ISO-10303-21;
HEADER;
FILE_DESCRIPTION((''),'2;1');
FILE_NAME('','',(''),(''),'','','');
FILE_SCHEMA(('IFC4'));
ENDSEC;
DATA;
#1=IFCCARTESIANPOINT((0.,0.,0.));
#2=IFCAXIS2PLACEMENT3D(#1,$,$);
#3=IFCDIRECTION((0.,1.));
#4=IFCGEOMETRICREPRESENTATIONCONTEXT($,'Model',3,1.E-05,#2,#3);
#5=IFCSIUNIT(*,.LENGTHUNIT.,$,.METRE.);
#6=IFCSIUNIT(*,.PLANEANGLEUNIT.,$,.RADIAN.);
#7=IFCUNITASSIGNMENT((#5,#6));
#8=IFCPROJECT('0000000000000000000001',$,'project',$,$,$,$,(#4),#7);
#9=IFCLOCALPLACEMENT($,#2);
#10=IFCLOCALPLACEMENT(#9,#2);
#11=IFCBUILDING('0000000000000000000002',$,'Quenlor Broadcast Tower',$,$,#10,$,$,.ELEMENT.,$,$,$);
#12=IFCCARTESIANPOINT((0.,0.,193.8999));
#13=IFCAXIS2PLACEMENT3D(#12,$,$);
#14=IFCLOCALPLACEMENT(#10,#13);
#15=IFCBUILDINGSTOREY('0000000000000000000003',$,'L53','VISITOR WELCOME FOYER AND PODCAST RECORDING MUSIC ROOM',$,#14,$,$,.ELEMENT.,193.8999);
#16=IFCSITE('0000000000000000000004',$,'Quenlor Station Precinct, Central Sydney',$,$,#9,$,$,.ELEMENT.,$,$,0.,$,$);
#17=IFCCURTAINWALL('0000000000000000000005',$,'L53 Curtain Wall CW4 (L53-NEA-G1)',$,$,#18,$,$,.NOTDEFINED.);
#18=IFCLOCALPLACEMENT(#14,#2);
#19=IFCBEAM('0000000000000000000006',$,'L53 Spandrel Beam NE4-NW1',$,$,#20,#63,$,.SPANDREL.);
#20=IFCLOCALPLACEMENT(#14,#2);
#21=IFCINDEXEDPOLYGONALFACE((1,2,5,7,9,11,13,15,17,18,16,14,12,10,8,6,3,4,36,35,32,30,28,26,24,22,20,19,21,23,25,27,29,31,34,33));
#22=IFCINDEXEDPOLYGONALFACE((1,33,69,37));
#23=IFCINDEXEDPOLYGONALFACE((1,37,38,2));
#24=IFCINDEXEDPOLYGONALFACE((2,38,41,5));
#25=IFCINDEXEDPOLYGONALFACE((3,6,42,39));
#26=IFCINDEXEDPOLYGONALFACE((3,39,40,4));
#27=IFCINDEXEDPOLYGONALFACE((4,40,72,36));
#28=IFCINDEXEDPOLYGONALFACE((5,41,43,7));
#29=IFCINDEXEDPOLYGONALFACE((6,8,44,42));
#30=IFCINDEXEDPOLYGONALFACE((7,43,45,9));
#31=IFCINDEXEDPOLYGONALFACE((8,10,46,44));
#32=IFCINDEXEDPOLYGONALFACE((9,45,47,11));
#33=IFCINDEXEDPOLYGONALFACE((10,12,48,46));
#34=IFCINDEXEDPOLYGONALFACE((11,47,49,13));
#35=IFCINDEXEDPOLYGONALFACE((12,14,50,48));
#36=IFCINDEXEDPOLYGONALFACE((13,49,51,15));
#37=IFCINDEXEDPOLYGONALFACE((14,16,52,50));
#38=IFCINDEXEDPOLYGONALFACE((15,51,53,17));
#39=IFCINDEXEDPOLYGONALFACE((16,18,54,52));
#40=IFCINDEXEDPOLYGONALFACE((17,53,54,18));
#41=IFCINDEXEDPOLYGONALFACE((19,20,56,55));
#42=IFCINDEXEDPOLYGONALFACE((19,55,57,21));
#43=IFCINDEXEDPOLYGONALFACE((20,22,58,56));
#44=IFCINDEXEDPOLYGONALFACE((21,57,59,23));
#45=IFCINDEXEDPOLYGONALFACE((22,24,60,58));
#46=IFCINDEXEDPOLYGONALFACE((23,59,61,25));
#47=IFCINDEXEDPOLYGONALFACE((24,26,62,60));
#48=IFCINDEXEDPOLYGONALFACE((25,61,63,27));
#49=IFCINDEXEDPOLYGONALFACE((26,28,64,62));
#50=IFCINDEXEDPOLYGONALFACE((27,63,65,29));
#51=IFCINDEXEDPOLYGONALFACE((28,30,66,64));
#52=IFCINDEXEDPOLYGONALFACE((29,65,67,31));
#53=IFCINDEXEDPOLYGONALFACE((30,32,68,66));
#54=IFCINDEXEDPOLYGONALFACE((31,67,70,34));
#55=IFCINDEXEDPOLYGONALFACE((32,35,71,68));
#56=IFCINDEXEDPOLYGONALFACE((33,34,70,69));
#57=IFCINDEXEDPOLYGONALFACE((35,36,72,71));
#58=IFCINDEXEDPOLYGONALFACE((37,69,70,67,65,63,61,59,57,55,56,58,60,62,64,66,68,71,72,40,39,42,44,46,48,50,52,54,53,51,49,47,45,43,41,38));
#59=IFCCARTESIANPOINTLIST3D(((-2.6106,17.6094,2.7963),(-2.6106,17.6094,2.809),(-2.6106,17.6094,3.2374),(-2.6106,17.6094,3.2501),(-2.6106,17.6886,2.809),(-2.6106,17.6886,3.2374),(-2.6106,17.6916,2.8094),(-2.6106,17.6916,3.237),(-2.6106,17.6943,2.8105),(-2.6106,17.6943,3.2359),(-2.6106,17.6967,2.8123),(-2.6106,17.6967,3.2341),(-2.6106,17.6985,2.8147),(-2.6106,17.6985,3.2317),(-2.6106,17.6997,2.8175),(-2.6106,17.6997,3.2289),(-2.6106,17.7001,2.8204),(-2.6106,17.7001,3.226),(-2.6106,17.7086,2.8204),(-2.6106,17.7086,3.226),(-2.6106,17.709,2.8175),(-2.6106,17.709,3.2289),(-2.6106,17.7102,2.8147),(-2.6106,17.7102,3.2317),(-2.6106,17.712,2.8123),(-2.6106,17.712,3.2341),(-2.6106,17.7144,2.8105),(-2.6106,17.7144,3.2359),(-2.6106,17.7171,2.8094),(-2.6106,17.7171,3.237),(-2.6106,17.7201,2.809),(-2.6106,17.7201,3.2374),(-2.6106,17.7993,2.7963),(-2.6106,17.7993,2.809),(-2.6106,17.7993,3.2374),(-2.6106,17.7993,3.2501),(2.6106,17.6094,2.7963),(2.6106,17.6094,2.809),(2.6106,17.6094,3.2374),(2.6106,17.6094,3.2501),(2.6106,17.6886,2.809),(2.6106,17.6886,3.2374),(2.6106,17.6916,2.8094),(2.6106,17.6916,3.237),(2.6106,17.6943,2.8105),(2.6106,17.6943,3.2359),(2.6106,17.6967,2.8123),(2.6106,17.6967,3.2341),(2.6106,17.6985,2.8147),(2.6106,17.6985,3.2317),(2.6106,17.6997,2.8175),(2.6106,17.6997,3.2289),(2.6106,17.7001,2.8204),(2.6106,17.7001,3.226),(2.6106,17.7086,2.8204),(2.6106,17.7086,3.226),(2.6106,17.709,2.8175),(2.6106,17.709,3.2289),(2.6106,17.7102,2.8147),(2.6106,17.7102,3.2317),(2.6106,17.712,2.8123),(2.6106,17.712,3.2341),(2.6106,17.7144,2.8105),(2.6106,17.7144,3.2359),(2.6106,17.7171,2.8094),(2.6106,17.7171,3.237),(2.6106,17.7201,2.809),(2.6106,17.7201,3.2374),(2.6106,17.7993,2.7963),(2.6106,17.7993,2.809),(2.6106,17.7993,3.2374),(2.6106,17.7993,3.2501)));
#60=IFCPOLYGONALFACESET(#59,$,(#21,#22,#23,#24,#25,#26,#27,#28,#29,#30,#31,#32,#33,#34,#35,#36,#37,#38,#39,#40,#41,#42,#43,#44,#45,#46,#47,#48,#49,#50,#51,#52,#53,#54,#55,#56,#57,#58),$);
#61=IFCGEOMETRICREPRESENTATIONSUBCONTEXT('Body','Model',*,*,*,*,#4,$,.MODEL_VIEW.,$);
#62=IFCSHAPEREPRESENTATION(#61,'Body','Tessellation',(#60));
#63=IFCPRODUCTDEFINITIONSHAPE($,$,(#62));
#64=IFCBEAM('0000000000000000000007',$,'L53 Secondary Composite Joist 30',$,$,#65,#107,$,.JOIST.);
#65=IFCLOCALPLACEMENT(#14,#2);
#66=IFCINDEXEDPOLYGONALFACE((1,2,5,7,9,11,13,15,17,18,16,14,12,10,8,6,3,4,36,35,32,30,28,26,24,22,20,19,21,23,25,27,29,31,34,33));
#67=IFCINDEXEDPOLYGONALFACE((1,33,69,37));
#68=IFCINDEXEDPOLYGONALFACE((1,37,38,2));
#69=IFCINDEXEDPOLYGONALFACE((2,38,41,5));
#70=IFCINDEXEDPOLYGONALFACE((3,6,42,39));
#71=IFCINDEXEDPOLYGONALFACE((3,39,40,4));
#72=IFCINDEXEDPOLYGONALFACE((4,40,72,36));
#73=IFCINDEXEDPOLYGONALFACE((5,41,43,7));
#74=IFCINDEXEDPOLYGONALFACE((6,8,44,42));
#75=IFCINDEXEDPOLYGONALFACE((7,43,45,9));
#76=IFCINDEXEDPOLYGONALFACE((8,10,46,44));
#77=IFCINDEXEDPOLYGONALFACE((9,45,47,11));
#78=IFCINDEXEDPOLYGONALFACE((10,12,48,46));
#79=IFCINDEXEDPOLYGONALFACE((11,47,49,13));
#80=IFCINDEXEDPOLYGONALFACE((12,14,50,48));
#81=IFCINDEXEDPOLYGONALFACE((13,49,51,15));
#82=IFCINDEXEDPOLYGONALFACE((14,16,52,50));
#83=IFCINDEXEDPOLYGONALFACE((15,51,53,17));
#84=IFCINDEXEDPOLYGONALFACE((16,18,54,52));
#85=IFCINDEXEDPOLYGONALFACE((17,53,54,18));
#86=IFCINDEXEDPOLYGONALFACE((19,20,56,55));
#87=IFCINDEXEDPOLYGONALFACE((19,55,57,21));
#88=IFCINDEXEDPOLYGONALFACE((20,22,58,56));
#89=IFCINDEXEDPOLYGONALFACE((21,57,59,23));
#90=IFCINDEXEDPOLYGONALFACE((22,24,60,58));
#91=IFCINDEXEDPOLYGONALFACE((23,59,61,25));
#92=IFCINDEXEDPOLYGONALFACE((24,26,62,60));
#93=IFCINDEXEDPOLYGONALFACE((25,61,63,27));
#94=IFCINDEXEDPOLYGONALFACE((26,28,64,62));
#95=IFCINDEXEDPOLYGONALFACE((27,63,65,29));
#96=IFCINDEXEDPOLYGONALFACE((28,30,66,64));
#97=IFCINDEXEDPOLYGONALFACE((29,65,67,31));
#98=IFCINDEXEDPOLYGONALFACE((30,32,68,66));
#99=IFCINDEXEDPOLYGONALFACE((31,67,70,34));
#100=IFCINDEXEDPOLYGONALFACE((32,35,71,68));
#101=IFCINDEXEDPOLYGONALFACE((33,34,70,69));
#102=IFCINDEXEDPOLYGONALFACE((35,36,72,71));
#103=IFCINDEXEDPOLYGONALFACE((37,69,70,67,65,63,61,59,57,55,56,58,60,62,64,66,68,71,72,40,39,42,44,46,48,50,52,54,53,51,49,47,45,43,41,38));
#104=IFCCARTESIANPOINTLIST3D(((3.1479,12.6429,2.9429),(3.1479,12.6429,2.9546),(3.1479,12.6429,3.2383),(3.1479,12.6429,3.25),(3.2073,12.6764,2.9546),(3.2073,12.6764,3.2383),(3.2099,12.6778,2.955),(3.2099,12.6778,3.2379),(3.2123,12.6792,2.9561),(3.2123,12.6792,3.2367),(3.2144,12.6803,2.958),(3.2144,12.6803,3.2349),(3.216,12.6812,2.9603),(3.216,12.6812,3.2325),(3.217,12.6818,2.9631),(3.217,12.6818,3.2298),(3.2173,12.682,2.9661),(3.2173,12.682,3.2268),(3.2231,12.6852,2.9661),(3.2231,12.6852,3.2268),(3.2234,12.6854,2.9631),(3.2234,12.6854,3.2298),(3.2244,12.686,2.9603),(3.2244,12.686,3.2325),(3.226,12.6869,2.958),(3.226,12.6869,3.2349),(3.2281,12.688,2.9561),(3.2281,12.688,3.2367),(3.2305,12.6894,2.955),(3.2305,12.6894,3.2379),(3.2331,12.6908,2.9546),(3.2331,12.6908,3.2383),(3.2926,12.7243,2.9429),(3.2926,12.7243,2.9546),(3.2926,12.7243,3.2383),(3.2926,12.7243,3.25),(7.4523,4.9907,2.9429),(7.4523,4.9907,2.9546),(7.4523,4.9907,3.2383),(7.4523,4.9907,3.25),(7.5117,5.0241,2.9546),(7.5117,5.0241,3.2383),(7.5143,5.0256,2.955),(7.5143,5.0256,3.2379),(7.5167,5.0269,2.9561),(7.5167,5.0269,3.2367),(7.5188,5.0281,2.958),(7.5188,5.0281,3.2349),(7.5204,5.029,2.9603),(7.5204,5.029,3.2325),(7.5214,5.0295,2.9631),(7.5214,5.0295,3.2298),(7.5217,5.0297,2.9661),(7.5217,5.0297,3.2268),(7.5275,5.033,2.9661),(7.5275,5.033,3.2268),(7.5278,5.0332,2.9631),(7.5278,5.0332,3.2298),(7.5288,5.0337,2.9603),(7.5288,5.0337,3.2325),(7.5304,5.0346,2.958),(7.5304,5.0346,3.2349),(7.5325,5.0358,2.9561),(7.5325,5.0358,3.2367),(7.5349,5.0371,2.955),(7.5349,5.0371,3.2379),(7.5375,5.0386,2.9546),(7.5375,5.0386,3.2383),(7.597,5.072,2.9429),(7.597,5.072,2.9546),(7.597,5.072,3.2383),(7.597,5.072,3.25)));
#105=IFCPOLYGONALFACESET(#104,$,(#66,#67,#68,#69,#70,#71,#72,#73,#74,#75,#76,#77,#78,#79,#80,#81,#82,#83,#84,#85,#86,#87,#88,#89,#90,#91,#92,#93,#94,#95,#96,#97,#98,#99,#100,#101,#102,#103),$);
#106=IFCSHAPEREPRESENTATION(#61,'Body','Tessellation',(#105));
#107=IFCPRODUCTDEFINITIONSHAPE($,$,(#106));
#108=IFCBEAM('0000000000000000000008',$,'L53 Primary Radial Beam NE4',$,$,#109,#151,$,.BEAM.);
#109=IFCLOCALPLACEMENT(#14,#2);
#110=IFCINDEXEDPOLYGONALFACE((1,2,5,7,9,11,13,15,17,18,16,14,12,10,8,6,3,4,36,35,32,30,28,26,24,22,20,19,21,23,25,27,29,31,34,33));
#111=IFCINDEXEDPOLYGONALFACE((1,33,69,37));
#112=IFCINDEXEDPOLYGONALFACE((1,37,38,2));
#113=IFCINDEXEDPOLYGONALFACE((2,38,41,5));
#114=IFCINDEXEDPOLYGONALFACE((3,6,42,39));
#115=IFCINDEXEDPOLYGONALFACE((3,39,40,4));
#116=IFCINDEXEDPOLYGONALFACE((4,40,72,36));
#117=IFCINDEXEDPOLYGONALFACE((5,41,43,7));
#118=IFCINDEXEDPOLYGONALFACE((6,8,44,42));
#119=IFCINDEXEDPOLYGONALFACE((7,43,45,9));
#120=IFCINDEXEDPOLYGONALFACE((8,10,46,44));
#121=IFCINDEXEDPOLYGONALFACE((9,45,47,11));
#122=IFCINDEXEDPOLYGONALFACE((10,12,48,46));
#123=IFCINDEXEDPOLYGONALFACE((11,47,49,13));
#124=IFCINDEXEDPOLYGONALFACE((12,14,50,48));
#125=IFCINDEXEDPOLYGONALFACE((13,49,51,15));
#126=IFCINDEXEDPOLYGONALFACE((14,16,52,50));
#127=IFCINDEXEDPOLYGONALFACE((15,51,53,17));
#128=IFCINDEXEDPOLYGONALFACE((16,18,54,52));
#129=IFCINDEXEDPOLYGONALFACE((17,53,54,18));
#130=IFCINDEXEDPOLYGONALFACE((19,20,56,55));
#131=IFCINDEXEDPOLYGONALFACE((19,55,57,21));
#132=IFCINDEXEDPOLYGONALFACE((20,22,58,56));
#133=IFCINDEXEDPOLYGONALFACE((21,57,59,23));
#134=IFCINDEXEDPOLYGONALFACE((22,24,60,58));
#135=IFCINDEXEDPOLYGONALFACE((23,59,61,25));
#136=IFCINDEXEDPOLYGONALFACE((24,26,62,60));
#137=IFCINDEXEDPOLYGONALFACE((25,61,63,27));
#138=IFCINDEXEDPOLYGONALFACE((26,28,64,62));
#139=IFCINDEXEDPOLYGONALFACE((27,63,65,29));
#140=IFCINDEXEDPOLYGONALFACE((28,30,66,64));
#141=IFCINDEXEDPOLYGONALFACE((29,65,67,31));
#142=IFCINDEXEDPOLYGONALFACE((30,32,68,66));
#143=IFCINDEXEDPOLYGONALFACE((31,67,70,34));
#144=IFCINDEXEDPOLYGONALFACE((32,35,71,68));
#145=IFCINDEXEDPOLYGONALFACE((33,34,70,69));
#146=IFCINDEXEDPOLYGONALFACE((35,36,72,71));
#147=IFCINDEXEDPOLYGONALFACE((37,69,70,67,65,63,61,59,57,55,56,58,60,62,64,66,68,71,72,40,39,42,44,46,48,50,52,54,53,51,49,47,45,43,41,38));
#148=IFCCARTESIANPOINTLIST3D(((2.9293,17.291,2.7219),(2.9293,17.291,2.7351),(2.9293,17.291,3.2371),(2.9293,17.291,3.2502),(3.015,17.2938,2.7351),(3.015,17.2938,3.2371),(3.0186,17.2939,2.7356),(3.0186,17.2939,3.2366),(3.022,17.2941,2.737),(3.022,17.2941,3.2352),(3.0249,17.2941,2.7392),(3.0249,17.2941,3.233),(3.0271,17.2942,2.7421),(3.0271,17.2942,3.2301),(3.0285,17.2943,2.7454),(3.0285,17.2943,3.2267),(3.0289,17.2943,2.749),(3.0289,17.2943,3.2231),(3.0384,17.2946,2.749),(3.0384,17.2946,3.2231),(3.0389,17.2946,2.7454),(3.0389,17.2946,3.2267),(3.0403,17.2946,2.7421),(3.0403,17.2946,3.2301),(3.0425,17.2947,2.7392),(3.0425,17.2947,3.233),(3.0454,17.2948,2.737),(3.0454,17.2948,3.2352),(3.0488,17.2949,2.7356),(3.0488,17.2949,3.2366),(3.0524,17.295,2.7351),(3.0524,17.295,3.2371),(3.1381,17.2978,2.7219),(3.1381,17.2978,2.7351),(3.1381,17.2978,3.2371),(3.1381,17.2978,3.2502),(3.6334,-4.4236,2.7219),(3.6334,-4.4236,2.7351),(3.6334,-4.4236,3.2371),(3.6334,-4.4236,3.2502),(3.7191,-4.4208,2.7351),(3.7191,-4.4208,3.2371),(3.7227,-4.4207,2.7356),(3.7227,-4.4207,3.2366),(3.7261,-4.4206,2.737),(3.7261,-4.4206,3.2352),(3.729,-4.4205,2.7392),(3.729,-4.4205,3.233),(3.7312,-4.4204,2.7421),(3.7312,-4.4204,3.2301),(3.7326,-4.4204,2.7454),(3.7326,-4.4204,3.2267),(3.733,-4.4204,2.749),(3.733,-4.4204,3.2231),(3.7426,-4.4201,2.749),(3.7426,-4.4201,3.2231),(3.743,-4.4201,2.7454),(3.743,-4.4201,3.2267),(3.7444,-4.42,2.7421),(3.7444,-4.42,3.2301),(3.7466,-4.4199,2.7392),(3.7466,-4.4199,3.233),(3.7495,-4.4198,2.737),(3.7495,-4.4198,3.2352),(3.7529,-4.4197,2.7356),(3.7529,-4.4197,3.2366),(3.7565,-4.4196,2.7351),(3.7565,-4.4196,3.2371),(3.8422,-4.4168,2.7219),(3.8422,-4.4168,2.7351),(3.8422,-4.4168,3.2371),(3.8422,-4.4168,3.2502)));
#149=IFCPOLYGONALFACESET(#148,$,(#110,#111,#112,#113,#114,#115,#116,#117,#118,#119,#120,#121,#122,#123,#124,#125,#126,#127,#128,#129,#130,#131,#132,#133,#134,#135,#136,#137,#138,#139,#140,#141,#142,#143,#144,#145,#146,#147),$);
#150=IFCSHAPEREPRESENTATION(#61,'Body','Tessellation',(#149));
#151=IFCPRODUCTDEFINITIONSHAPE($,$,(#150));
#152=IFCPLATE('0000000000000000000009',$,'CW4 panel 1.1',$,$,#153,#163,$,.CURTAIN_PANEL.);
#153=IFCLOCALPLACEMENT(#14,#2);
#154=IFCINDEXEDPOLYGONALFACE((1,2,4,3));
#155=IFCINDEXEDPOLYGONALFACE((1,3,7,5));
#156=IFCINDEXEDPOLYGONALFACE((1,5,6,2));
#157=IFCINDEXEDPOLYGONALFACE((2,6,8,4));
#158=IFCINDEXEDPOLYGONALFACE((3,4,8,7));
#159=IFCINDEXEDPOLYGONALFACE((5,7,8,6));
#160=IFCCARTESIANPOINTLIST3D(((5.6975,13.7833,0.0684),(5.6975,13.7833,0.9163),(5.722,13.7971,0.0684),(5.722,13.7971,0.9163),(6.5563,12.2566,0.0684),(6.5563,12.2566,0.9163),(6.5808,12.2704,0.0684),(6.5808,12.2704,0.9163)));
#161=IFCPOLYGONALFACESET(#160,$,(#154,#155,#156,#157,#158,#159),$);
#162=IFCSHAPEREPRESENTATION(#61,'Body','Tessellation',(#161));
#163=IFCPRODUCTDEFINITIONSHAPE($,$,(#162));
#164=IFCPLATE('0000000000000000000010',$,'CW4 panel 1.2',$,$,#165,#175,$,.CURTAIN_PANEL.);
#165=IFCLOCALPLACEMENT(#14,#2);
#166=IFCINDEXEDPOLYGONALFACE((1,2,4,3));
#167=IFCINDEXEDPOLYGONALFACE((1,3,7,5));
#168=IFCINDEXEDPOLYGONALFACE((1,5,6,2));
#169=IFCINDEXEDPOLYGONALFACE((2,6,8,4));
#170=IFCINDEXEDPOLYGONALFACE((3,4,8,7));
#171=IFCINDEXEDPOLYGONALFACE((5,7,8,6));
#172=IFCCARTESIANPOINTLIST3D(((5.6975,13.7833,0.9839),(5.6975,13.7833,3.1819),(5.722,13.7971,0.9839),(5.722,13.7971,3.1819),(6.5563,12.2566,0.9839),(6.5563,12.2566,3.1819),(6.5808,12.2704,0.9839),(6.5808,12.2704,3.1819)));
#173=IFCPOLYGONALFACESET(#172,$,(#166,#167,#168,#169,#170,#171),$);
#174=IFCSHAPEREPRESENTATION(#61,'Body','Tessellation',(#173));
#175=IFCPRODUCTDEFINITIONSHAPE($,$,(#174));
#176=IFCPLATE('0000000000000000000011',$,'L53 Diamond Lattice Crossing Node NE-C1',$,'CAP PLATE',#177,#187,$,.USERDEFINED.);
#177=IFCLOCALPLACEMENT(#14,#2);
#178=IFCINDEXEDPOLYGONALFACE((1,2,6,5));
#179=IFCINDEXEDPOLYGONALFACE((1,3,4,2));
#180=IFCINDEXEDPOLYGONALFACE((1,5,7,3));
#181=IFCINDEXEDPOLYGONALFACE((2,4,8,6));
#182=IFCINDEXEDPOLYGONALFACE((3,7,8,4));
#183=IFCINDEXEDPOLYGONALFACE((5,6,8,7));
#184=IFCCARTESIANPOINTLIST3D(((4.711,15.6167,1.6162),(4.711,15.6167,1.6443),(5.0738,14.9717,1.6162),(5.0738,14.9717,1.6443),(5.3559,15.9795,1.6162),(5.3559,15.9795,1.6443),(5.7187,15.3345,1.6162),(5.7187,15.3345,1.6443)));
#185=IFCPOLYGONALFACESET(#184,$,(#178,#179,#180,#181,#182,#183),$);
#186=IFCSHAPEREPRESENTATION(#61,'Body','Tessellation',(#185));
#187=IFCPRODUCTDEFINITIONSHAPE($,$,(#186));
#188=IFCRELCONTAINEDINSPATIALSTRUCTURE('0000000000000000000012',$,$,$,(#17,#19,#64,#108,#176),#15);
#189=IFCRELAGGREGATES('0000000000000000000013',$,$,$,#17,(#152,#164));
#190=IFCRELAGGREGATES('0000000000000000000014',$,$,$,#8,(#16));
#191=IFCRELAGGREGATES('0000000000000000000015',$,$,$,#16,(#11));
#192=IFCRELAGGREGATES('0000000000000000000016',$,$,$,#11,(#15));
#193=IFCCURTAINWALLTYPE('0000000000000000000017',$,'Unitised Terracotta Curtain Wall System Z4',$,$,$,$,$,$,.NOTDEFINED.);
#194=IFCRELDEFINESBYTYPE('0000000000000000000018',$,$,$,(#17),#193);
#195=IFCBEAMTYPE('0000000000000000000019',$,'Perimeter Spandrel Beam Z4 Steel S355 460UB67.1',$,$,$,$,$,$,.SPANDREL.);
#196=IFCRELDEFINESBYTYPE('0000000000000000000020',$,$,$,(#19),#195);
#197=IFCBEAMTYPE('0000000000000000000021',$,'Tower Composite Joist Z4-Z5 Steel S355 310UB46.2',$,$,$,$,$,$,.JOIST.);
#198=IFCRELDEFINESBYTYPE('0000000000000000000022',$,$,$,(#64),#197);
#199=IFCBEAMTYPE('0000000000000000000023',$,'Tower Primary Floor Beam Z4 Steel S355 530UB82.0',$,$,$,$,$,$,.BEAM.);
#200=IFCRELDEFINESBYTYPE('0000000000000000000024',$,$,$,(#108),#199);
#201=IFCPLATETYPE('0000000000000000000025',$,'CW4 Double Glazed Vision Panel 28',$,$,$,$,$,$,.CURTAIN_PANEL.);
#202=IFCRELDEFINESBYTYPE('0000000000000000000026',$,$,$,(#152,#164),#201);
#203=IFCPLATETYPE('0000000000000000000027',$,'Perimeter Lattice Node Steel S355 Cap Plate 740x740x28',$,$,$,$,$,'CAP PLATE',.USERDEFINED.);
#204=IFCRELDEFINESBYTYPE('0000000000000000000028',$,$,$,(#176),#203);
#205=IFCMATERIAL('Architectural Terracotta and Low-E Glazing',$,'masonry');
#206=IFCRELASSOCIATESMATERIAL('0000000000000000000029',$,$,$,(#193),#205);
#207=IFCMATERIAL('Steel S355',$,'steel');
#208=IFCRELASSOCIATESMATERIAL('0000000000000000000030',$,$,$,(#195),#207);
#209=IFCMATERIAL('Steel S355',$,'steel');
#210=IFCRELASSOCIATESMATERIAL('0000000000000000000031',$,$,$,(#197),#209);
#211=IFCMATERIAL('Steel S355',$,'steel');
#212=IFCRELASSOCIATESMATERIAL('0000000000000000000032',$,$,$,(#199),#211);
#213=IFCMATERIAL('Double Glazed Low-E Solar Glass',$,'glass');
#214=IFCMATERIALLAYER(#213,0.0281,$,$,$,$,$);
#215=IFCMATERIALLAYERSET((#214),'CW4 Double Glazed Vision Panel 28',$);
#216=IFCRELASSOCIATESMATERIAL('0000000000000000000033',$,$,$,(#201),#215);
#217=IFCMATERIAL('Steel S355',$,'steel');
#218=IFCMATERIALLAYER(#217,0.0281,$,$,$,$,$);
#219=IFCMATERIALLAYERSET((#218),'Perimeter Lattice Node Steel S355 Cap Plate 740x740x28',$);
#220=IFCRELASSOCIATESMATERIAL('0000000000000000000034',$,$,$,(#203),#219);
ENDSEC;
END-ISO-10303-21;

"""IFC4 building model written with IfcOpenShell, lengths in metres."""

from ifc_helpers import new_model, si_unit, direction, frame, origin, origin_2d, place, context, subcontext, project, spatial, rectangle, i_section, extrude, material, layer, layer_set, material_profile, profile_set, type_object, element, aggregate, save


model = new_model("IFC4")

# Units and contexts
model_context = context("Model", 3, precision=1e-05, world=origin(), true_north=direction((0.0, 1.0)))
body_context = subcontext(model_context, "Body", "Model", "MODEL_VIEW")
ifc_project = project(units=[si_unit("LENGTHUNIT", "METRE"), si_unit("PLANEANGLEUNIT", "RADIAN")], contexts=[model_context])

# Site, building, storey
site_placement = place(None, origin())
site = spatial("IfcSite", under=ifc_project, at=site_placement, Name="Quenlor Station Precinct, Central Sydney", CompositionType="ELEMENT", RefElevation=0.0)
building_placement = place(site_placement, origin())
building = spatial("IfcBuilding", under=site, at=building_placement, Name="Quenlor Broadcast Tower", CompositionType="ELEMENT")
storey_placement = place(building_placement, frame((0.0, 0.0, 193.8999)))
storey = spatial("IfcBuildingStorey", under=building, at=storey_placement, Name="L53", Description="VISITOR WELCOME FOYER AND PODCAST RECORDING MUSIC ROOM", CompositionType="ELEMENT", Elevation=193.8999)

# Curtain wall
ifc_material_1 = material(Name="Architectural Terracotta and Low-E Glazing", Category="masonry")
curtain_wall_type = type_object("IfcCurtainWallType", Name="Unitised Terracotta Curtain Wall System Z4", PredefinedType="NOTDEFINED", material=ifc_material_1)
curtain_wall_placement = place(storey_placement, origin())
curtain_wall = element("IfcCurtainWall", 1, at=curtain_wall_placement, inside=storey, type_object=curtain_wall_type, Name="L53 Curtain Wall CW4 (L53-NEA-G1)", PredefinedType="NOTDEFINED")

# Beams
ifc_material_2 = material(Name="Steel S355", Category="steel")
ifc_material_profile_1 = material_profile(ifc_material_2, i_section(OverallWidth=0.1899, OverallDepth=0.4539, WebThickness=0.0085, FlangeThickness=0.0127, FilletRadius=0.0115, at=origin_2d()))
ifc_profile_set_1 = profile_set([ifc_material_profile_1], Name="Steel S355 460UB67.1")
beam_type_1 = type_object("IfcBeamType", Name="Perimeter Spandrel Beam Z4 Steel S355 460UB67.1", PredefinedType="SPANDREL", material=ifc_profile_set_1)
beam_1_placement = place(storey_placement, frame((2.6106, 17.7043, 3.0232), z_axis=(-1.0, 0.0, 0.0), x_axis=(0.0, -1.0, 0.0)))
element("IfcBeam", 2, at=beam_1_placement, inside=storey, type_object=beam_type_1, Name="L53 Spandrel Beam NE4-NW1", PredefinedType="SPANDREL", context=body_context, shape_type="SweptSolid", body=[
    extrude(i_section(OverallWidth=0.1899, OverallDepth=0.4539, WebThickness=0.0085, FlangeThickness=0.0127, FilletRadius=0.0115, at=origin_2d()), origin(), (0.0, 0.0, 1.0), 5.2212),
])
ifc_material_3 = material(Name="Steel S355", Category="steel")
ifc_material_profile_2 = material_profile(ifc_material_3, i_section(OverallWidth=0.166, OverallDepth=0.3071, WebThickness=0.0066, FlangeThickness=0.0117, FilletRadius=0.0115, at=origin_2d()))
ifc_profile_set_2 = profile_set([ifc_material_profile_2], Name="Steel S355 310UB46.2")
beam_type_2 = type_object("IfcBeamType", Name="Tower Composite Joist Z4-Z5 Steel S355 310UB46.2", PredefinedType="JOIST", material=ifc_profile_set_2)
beam_2_placement = place(storey_placement, frame((3.2202, 12.6836, 3.0964), z_axis=(0.490261, -0.871576, 0.0), x_axis=(0.871576, 0.490261, 0.0)))
element("IfcBeam", 3, at=beam_2_placement, inside=storey, type_object=beam_type_2, Name="L53 Secondary Composite Joist 30", PredefinedType="JOIST", context=body_context, shape_type="SweptSolid", body=[
    extrude(i_section(OverallWidth=0.166, OverallDepth=0.3071, WebThickness=0.0066, FlangeThickness=0.0117, FilletRadius=0.0115, at=origin_2d()), origin(), (0.0, 0.0, 1.0), 8.7798),
])
ifc_material_4 = material(Name="Steel S355", Category="steel")
ifc_material_profile_3 = material_profile(ifc_material_4, i_section(OverallWidth=0.209, OverallDepth=0.5283, WebThickness=0.0095, FlangeThickness=0.0132, FilletRadius=0.0139, at=origin_2d()))
ifc_profile_set_3 = profile_set([ifc_material_profile_3], Name="Steel S355 530UB82.0")
beam_type_3 = type_object("IfcBeamType", Name="Tower Primary Floor Beam Z4 Steel S355 530UB82.0", PredefinedType="BEAM", material=ifc_profile_set_3)
beam_3_placement = place(storey_placement, frame((3.0337, 17.2944, 2.9861), z_axis=(0.032408, -0.999475, 0.0), x_axis=(0.999475, 0.032408, 0.0)))
element("IfcBeam", 4, at=beam_3_placement, inside=storey, type_object=beam_type_3, Name="L53 Primary Radial Beam NE4", PredefinedType="BEAM", context=body_context, shape_type="SweptSolid", body=[
    extrude(i_section(OverallWidth=0.209, OverallDepth=0.5283, WebThickness=0.0095, FlangeThickness=0.0132, FilletRadius=0.0139, at=origin_2d()), origin(), (0.0, 0.0, 1.0), 21.7261),
])

# Plates
ifc_material_5 = material(Name="Double Glazed Low-E Solar Glass", Category="glass")
ifc_layer_1 = layer(ifc_material_5, 0.0281)
ifc_layer_set_1 = layer_set([ifc_layer_1], Name="CW4 Double Glazed Vision Panel 28")
plate_type_1 = type_object("IfcPlateType", Name="CW4 Double Glazed Vision Panel 28", PredefinedType="CURTAIN_PANEL", material=ifc_layer_set_1)
plate_1_placement = place(storey_placement, frame((6.1392, 13.0269, 0.0684), z_axis=(0.0, 0.0, 1.0), x_axis=(0.49026, -0.871576, 0.0)))
plate_1 = element("IfcPlate", 5, at=plate_1_placement, type_object=plate_type_1, Name="CW4 panel 1.1", PredefinedType="CURTAIN_PANEL", context=body_context, shape_type="SweptSolid", body=[
    extrude(rectangle(XDim=1.7517, YDim=0.0281, at=origin_2d()), origin(), (0.0, 0.0, 1.0), 0.8479),
])
plate_2_placement = place(storey_placement, frame((6.1392, 13.0269, 0.9839), z_axis=(0.0, 0.0, 1.0), x_axis=(0.49026, -0.871576, 0.0)))
plate_2 = element("IfcPlate", 6, at=plate_2_placement, type_object=plate_type_1, Name="CW4 panel 1.2", PredefinedType="CURTAIN_PANEL", context=body_context, shape_type="SweptSolid", body=[
    extrude(rectangle(XDim=1.7517, YDim=0.0281, at=origin_2d()), origin(), (0.0, 0.0, 1.0), 2.198),
])
aggregate(curtain_wall, [plate_1, plate_2])

# Plate
ifc_material_6 = material(Name="Steel S355", Category="steel")
ifc_layer_2 = layer(ifc_material_6, 0.0281)
ifc_layer_set_2 = layer_set([ifc_layer_2], Name="Perimeter Lattice Node Steel S355 Cap Plate 740x740x28")
plate_type_2 = type_object("IfcPlateType", Name="Perimeter Lattice Node Steel S355 Cap Plate 740x740x28", ElementType="CAP PLATE", PredefinedType="USERDEFINED", material=ifc_layer_set_2)
plate_3_placement = place(storey_placement, frame((5.2148, 15.4756, 1.6162), z_axis=(0.0, 0.0, 1.0), x_axis=(0.490295, -0.871556, 0.0)))
element("IfcPlate", 7, at=plate_3_placement, inside=storey, type_object=plate_type_2, Name="L53 Diamond Lattice Crossing Node NE-C1", ObjectType="CAP PLATE", PredefinedType="USERDEFINED", context=body_context, shape_type="SweptSolid", body=[
    extrude(rectangle(XDim=0.74, YDim=0.74, at=origin_2d()), origin(), (0.0, 0.0, 1.0), 0.0281),
])

save(model, "model.ifc")
